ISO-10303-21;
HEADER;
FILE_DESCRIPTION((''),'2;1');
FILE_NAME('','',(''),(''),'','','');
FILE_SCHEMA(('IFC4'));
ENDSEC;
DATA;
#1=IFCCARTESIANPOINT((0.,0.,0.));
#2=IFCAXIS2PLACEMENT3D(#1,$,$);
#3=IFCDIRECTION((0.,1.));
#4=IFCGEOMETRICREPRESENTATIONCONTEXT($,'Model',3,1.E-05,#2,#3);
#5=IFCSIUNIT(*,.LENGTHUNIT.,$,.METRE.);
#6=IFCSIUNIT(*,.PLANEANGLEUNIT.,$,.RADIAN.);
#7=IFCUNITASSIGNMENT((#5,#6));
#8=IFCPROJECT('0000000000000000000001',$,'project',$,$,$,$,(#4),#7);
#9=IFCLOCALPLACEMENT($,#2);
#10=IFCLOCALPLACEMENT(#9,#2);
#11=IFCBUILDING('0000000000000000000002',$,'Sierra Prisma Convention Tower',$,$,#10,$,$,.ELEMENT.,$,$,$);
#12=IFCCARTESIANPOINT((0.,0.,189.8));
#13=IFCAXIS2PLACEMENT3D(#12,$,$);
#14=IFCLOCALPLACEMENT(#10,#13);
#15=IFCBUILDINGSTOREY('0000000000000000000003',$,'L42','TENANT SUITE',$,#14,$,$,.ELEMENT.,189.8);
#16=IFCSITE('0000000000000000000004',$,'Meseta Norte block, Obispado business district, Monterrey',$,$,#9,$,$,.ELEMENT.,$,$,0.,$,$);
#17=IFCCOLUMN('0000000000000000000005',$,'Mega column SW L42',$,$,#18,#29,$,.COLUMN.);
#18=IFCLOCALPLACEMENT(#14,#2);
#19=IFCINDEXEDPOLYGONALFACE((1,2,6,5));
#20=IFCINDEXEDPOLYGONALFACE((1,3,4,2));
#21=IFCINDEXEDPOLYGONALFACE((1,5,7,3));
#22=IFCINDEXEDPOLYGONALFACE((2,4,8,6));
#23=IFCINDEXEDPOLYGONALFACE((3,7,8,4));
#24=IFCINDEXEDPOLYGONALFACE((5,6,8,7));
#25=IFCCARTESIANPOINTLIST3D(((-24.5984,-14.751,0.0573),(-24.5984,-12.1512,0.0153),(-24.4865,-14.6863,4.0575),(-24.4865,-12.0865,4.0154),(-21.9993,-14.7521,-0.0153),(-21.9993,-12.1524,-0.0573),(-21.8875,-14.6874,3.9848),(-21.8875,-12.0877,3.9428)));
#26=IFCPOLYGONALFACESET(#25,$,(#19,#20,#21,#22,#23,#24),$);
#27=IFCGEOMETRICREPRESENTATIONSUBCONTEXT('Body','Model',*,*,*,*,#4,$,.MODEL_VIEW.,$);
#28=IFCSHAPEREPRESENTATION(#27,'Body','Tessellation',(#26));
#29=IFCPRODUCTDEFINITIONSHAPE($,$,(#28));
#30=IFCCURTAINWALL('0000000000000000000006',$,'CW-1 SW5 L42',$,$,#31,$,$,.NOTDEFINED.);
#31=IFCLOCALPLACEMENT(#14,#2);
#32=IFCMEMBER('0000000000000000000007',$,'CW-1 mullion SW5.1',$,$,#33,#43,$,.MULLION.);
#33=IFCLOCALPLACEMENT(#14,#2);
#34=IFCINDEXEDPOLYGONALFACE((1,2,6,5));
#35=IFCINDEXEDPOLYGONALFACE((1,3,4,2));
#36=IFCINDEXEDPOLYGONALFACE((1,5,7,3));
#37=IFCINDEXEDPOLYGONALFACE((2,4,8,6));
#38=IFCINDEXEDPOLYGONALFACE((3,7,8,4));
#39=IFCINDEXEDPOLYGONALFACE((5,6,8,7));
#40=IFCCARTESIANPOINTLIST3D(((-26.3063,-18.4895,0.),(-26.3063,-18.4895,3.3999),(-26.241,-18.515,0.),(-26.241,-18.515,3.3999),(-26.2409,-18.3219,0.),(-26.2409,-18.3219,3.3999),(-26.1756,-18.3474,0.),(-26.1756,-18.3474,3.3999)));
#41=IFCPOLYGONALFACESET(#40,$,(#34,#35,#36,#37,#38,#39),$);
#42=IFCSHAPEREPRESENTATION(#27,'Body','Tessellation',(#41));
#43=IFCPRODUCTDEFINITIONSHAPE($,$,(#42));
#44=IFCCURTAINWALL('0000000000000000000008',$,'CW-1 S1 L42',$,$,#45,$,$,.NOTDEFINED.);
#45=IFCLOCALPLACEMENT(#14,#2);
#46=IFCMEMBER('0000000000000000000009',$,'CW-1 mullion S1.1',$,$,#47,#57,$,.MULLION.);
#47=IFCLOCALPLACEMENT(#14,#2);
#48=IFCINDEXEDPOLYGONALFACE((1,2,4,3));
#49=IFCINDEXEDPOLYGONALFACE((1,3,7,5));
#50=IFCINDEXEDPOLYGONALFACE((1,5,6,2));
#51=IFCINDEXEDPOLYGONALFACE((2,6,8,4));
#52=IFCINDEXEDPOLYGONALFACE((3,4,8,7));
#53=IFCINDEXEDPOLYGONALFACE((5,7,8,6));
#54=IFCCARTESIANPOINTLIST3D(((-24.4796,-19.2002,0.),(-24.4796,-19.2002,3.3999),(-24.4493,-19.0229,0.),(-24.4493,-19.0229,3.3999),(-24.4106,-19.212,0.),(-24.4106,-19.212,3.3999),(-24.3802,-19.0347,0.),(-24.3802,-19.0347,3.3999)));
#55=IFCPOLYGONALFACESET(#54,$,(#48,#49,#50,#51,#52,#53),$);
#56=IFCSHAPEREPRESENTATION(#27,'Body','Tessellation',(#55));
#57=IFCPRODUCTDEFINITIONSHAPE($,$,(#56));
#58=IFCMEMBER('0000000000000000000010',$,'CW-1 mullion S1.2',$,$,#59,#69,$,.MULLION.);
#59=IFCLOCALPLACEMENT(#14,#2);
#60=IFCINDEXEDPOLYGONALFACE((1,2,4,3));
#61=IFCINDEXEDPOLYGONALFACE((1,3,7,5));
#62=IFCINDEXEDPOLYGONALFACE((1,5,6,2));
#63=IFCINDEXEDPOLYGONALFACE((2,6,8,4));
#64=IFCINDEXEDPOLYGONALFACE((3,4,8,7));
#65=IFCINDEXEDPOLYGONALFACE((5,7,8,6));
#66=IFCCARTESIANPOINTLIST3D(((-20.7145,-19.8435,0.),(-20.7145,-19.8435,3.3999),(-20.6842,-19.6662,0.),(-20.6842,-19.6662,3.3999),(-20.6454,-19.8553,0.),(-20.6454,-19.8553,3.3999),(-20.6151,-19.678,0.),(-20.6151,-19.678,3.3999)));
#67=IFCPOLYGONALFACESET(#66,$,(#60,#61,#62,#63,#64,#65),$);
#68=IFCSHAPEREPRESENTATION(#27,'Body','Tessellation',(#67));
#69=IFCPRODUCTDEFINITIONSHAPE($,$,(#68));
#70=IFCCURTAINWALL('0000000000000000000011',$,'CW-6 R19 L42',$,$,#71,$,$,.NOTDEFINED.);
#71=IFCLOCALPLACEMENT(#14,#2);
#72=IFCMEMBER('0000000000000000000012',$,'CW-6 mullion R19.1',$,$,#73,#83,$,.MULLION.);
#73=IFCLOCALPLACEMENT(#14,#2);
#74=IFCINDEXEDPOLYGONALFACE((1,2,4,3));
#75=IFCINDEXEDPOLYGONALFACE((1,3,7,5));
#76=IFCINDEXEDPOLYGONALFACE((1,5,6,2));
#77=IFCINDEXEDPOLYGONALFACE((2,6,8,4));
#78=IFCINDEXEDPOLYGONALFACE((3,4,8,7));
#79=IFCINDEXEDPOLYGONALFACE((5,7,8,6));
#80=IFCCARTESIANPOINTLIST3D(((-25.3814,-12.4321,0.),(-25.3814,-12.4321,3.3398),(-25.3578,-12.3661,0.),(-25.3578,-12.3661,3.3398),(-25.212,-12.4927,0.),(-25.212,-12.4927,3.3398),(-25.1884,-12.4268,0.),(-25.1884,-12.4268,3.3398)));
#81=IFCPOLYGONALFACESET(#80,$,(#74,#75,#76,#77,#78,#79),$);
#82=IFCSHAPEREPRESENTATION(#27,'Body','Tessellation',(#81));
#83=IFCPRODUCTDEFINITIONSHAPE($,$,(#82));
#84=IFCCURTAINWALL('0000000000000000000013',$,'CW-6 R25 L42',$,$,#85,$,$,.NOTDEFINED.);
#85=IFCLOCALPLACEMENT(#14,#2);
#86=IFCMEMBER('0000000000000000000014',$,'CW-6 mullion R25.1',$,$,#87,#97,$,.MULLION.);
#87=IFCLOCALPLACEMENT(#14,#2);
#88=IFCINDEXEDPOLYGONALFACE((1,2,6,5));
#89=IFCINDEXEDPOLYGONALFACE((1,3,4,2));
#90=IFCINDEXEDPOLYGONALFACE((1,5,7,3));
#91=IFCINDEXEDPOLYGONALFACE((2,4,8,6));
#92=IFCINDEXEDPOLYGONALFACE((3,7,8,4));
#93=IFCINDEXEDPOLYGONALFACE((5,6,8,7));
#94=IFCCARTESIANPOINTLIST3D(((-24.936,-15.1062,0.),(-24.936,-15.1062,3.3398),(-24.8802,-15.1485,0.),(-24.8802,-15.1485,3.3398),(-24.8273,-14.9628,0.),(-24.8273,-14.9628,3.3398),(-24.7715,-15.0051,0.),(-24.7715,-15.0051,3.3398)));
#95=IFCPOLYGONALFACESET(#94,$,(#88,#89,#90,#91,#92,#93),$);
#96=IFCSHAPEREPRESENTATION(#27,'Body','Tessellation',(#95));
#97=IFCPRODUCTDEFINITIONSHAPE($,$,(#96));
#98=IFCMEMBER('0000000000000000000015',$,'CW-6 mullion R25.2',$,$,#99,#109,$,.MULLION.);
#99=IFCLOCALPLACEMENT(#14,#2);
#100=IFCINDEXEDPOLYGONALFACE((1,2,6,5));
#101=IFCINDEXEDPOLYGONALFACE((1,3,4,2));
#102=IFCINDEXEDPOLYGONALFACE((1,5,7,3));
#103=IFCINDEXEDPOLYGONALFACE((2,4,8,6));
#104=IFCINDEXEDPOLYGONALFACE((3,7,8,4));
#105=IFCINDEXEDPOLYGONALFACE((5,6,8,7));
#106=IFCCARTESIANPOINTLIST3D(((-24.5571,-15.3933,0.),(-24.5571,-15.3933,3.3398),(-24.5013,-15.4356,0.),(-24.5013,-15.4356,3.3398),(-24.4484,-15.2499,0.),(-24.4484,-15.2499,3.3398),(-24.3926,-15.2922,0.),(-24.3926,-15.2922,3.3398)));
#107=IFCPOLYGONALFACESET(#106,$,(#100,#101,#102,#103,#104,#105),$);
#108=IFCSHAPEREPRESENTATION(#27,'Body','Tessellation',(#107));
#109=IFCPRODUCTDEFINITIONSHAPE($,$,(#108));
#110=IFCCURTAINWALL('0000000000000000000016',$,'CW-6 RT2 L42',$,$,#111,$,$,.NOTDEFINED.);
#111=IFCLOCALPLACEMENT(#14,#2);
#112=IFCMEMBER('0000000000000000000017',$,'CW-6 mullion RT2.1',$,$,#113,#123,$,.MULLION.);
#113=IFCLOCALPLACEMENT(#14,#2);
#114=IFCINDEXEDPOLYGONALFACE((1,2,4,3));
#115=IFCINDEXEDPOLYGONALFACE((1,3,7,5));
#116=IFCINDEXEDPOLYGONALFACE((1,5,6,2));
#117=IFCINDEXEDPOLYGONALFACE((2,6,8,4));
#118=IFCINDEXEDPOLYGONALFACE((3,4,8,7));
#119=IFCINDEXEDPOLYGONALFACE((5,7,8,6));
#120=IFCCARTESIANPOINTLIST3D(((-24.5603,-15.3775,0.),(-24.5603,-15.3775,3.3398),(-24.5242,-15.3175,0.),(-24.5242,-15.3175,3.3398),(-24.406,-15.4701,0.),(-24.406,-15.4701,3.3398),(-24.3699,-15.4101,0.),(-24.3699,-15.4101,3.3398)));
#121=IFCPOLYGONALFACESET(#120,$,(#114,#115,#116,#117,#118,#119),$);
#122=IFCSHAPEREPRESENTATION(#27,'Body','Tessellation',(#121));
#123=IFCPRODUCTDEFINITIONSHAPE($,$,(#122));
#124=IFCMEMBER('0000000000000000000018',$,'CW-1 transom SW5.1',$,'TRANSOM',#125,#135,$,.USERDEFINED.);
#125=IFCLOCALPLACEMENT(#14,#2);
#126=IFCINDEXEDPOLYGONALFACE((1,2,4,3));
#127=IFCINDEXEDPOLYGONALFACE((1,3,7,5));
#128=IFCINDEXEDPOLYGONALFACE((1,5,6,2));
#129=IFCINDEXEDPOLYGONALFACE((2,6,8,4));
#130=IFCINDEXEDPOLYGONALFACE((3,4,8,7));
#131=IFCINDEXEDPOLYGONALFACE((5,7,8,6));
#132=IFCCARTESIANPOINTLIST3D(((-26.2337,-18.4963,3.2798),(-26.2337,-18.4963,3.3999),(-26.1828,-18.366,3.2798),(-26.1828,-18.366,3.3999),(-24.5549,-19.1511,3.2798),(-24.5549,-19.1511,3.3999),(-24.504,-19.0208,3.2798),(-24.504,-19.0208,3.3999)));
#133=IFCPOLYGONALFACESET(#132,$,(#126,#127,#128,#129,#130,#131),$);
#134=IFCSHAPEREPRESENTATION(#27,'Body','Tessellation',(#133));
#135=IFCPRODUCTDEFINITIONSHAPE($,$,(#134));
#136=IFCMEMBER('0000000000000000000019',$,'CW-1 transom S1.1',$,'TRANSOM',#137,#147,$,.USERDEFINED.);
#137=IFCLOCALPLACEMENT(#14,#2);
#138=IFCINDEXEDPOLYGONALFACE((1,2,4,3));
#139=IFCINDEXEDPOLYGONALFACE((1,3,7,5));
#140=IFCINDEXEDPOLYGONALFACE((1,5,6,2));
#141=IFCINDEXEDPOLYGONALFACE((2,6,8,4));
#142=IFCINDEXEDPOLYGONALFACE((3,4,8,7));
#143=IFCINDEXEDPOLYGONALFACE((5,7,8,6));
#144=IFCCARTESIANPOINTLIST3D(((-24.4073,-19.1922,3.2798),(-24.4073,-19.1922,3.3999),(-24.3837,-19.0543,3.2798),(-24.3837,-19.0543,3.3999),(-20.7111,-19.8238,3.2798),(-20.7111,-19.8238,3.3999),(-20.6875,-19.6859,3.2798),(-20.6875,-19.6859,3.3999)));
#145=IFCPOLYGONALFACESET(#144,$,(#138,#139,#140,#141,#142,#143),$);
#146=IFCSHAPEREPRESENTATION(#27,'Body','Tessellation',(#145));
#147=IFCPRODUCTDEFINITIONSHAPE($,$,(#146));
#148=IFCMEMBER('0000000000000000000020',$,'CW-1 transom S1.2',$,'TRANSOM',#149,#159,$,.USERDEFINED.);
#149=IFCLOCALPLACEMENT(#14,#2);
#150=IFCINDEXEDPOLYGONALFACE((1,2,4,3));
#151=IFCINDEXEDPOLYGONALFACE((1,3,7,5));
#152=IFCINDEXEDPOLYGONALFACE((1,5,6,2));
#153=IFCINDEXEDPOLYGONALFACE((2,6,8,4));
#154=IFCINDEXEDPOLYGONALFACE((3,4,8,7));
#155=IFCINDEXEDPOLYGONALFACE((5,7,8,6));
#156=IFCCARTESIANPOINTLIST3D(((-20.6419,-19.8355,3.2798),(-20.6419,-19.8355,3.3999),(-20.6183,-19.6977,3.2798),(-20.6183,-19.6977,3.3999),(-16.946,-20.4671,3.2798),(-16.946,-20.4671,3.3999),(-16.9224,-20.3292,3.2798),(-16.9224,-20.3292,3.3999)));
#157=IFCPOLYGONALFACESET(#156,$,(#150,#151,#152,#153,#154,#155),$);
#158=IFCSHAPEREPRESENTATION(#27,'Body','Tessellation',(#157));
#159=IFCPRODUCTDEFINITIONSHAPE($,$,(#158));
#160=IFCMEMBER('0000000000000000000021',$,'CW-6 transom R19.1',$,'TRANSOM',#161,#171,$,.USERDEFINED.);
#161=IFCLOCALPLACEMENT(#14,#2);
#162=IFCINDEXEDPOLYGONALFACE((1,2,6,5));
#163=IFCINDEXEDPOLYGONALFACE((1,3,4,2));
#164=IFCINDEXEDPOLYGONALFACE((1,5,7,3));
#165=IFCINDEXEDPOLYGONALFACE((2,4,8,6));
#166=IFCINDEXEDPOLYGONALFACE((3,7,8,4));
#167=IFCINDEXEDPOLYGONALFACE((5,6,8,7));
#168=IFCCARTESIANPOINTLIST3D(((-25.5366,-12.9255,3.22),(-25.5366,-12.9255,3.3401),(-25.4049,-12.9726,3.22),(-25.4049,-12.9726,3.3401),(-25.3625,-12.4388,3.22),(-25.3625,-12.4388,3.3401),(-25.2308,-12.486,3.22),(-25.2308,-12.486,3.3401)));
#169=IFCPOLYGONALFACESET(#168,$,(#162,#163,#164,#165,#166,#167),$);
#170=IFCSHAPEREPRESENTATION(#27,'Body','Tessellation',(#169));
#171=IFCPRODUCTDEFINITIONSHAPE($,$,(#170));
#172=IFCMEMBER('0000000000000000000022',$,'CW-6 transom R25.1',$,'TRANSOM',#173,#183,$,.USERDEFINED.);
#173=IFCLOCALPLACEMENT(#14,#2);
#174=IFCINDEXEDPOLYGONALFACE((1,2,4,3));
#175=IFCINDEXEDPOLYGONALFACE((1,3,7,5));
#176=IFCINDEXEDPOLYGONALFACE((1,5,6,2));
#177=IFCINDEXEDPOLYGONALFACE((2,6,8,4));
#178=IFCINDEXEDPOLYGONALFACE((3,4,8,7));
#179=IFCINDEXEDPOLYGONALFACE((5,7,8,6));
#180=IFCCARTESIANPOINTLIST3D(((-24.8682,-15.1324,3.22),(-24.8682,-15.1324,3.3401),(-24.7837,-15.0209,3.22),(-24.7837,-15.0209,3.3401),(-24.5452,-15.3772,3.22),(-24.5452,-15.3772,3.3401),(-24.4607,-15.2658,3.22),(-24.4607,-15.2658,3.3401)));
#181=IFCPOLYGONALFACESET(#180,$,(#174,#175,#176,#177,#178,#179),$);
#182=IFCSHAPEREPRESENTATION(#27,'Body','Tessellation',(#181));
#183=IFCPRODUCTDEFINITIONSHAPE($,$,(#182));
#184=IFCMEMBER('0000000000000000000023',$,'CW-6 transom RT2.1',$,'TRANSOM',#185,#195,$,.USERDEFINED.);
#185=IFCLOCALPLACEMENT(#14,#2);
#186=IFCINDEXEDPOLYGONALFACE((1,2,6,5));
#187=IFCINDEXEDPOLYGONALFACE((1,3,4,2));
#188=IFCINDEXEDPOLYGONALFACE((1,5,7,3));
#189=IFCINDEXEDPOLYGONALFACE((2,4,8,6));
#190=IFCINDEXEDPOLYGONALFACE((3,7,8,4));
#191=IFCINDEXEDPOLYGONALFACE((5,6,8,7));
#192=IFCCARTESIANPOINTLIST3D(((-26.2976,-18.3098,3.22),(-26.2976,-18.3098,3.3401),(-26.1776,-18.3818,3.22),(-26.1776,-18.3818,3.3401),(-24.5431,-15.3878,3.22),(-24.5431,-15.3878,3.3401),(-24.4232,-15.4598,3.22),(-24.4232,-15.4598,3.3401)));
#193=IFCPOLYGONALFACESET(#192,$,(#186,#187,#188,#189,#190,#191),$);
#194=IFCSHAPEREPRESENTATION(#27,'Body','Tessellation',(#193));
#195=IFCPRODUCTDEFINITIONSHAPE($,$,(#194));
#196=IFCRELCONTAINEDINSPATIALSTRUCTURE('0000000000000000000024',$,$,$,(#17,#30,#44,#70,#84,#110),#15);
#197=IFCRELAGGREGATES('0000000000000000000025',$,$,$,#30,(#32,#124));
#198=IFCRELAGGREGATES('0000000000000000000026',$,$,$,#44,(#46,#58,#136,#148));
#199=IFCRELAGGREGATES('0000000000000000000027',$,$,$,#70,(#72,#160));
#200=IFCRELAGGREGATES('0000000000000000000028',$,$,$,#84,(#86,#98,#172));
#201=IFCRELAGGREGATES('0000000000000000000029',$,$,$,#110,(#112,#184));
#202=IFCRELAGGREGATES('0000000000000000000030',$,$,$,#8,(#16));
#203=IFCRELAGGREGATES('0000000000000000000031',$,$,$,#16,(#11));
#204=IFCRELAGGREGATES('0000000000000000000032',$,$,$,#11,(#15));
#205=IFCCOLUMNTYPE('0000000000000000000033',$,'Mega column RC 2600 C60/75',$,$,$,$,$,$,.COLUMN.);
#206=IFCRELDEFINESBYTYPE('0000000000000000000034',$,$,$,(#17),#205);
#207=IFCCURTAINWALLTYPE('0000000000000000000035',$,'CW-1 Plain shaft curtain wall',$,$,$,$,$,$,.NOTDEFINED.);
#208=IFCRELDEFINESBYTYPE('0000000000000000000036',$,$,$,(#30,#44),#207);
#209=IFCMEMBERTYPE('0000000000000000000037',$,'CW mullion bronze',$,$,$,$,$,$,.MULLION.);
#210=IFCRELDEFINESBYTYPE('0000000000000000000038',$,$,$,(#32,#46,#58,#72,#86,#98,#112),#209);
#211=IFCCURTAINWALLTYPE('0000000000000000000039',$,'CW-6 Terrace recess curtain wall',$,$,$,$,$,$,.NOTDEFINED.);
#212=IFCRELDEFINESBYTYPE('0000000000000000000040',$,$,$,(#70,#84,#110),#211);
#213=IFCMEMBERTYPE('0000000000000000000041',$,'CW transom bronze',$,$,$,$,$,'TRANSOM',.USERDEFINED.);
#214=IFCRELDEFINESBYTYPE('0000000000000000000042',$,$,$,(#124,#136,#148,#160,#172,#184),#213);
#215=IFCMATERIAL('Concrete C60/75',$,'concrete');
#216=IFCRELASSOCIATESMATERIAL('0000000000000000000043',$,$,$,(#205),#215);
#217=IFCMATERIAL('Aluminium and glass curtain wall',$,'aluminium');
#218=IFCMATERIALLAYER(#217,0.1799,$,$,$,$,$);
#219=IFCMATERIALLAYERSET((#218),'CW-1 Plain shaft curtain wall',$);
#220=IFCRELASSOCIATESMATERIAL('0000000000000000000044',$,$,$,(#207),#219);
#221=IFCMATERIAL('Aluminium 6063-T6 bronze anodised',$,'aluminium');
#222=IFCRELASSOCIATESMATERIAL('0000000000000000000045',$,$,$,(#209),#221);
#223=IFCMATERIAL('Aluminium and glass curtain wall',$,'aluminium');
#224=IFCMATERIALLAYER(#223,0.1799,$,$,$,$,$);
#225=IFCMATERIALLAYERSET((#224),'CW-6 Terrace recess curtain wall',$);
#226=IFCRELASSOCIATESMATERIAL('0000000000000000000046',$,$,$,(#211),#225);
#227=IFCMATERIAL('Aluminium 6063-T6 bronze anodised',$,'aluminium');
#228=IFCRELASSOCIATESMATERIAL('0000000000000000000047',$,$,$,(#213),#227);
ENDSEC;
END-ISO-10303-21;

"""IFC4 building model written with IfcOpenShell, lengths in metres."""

from ifc_helpers import new_model, si_unit, direction, frame, origin, origin_2d, place, context, subcontext, project, spatial, rectangle, extrude, material, layer, layer_set, material_profile, profile_set, type_object, element, aggregate, save


model = new_model("IFC4")

# Units and contexts
model_context = context("Model", 3, precision=1e-05, world=origin(), true_north=direction((0.0, 1.0)))
body_context = subcontext(model_context, "Body", "Model", "MODEL_VIEW")
ifc_project = project(units=[si_unit("LENGTHUNIT", "METRE"), si_unit("PLANEANGLEUNIT", "RADIAN")], contexts=[model_context])

# Site, building, storey
site_placement = place(None, origin())
site = spatial("IfcSite", under=ifc_project, at=site_placement, Name="Meseta Norte block, Obispado business district, Monterrey", CompositionType="ELEMENT", RefElevation=0.0)
building_placement = place(site_placement, origin())
building = spatial("IfcBuilding", under=site, at=building_placement, Name="Sierra Prisma Convention Tower", CompositionType="ELEMENT")
storey_placement = place(building_placement, frame((0.0, 0.0, 189.8)))
storey = spatial("IfcBuildingStorey", under=building, at=storey_placement, Name="L42", Description="TENANT SUITE", CompositionType="ELEMENT", Elevation=189.8)

# Column
ifc_material_1 = material(Name="Concrete C60/75", Category="concrete")
ifc_material_profile_1 = material_profile(ifc_material_1, rectangle(XDim=2.6001, YDim=2.6001, at=origin_2d()), Name="Mega column RC 2600 C60/75")
ifc_profile_set_1 = profile_set([ifc_material_profile_1], Name="Concrete C60/75")
column_type = type_object("IfcColumnType", Name="Mega column RC 2600 C60/75", PredefinedType="COLUMN", material=ifc_profile_set_1)
column_placement = place(storey_placement, frame((-23.2988, -13.4517, 0.0), z_axis=(0.02794, 0.016166, 0.999479), x_axis=(0.99961, -0.000452, -0.027936)))
element("IfcColumn", 1, at=column_placement, inside=storey, type_object=column_type, Name="Mega column SW L42", PredefinedType="COLUMN", context=body_context, shape_type="SweptSolid", body=[
    extrude(rectangle(XDim=2.6001, YDim=2.6001, at=origin_2d()), origin(), (0.0, 0.0, 1.0), 4.0022),
])

# Curtain wall, member
ifc_material_2 = material(Name="Aluminium and glass curtain wall", Category="aluminium")
ifc_layer_1 = layer(ifc_material_2, 0.1799)
ifc_layer_set_1 = layer_set([ifc_layer_1], Name="CW-1 Plain shaft curtain wall")
curtain_wall_type_1 = type_object("IfcCurtainWallType", Name="CW-1 Plain shaft curtain wall", PredefinedType="NOTDEFINED", material=ifc_layer_set_1)
curtain_wall_1_placement = place(storey_placement, origin())
curtain_wall_1 = element("IfcCurtainWall", 2, at=curtain_wall_1_placement, inside=storey, type_object=curtain_wall_type_1, Name="CW-1 SW5 L42", PredefinedType="NOTDEFINED")
ifc_material_3 = material(Name="Aluminium 6063-T6 bronze anodised", Category="aluminium")
ifc_material_profile_2 = material_profile(ifc_material_3, rectangle(XDim=0.1799, YDim=0.0701, at=origin_2d()), Name="ALU MULLION 70x180")
ifc_profile_set_2 = profile_set([ifc_material_profile_2], Name="Aluminium 6063-T6 bronze anodised")
member_type_1 = type_object("IfcMemberType", Name="CW mullion bronze", PredefinedType="MULLION", material=ifc_profile_set_2)
member_1_placement = place(storey_placement, frame((-26.241, -18.4185, 0.0), z_axis=(0.0, 0.0, 1.0), x_axis=(0.3634, 0.931633, 0.0)))
member_1 = element("IfcMember", 3, at=member_1_placement, type_object=member_type_1, Name="CW-1 mullion SW5.1", PredefinedType="MULLION", context=body_context, shape_type="SweptSolid", body=[
    extrude(rectangle(XDim=0.1799, YDim=0.0701, at=origin_2d()), origin(), (0.0, 0.0, 1.0), 3.3999),
])

# Curtain wall, members
curtain_wall_2_placement = place(storey_placement, origin())
curtain_wall_2 = element("IfcCurtainWall", 4, at=curtain_wall_2_placement, inside=storey, type_object=curtain_wall_type_1, Name="CW-1 S1 L42", PredefinedType="NOTDEFINED")
member_2_placement = place(storey_placement, frame((-24.4299, -19.1174, 0.0), z_axis=(0.0, 0.0, 1.0), x_axis=(0.168438, 0.985712, 0.0)))
member_2 = element("IfcMember", 5, at=member_2_placement, type_object=member_type_1, Name="CW-1 mullion S1.1", PredefinedType="MULLION", context=body_context, shape_type="SweptSolid", body=[
    extrude(rectangle(XDim=0.1799, YDim=0.0701, at=origin_2d()), origin(), (0.0, 0.0, 1.0), 3.3999),
])
member_3_placement = place(storey_placement, frame((-20.6648, -19.7607, 0.0), z_axis=(0.0, 0.0, 1.0), x_axis=(0.168438, 0.985712, 0.0)))
member_3 = element("IfcMember", 6, at=member_3_placement, type_object=member_type_1, Name="CW-1 mullion S1.2", PredefinedType="MULLION", context=body_context, shape_type="SweptSolid", body=[
    extrude(rectangle(XDim=0.1799, YDim=0.0701, at=origin_2d()), origin(), (0.0, 0.0, 1.0), 3.3999),
])

# Curtain wall, member
ifc_material_4 = material(Name="Aluminium and glass curtain wall", Category="aluminium")
ifc_layer_2 = layer(ifc_material_4, 0.1799)
ifc_layer_set_2 = layer_set([ifc_layer_2], Name="CW-6 Terrace recess curtain wall")
curtain_wall_type_2 = type_object("IfcCurtainWallType", Name="CW-6 Terrace recess curtain wall", PredefinedType="NOTDEFINED", material=ifc_layer_set_2)
curtain_wall_3_placement = place(storey_placement, origin())
curtain_wall_3 = element("IfcCurtainWall", 7, at=curtain_wall_3_placement, inside=storey, type_object=curtain_wall_type_2, Name="CW-6 R19 L42", PredefinedType="NOTDEFINED")
member_4_placement = place(storey_placement, frame((-25.2849, -12.4294, 0.0), z_axis=(0.0, 0.0, 1.0), x_axis=(0.941544, -0.33689, 0.0)))
member_4 = element("IfcMember", 8, at=member_4_placement, type_object=member_type_1, Name="CW-6 mullion R19.1", PredefinedType="MULLION", context=body_context, shape_type="SweptSolid", body=[
    extrude(rectangle(XDim=0.1799, YDim=0.0701, at=origin_2d()), origin(), (0.0, 0.0, 1.0), 3.3398),
])

# Curtain wall, members
curtain_wall_4_placement = place(storey_placement, origin())
curtain_wall_4 = element("IfcCurtainWall", 9, at=curtain_wall_4_placement, inside=storey, type_object=curtain_wall_type_2, Name="CW-6 R25 L42", PredefinedType="NOTDEFINED")
member_5_placement = place(storey_placement, frame((-24.8538, -15.0557, 0.0), z_axis=(0.0, 0.0, 1.0), x_axis=(0.603988, 0.796994, 0.0)))
member_5 = element("IfcMember", 10, at=member_5_placement, type_object=member_type_1, Name="CW-6 mullion R25.1", PredefinedType="MULLION", context=body_context, shape_type="SweptSolid", body=[
    extrude(rectangle(XDim=0.1799, YDim=0.0701, at=origin_2d()), origin(), (0.0, 0.0, 1.0), 3.3398),
])
member_6_placement = place(storey_placement, frame((-24.4749, -15.3428, 0.0), z_axis=(0.0, 0.0, 1.0), x_axis=(0.603988, 0.796994, 0.0)))
member_6 = element("IfcMember", 11, at=member_6_placement, type_object=member_type_1, Name="CW-6 mullion R25.2", PredefinedType="MULLION", context=body_context, shape_type="SweptSolid", body=[
    extrude(rectangle(XDim=0.1799, YDim=0.0701, at=origin_2d()), origin(), (0.0, 0.0, 1.0), 3.3398),
])

# Curtain wall, member
curtain_wall_5_placement = place(storey_placement, origin())
curtain_wall_5 = element("IfcCurtainWall", 12, at=curtain_wall_5_placement, inside=storey, type_object=curtain_wall_type_2, Name="CW-6 RT2 L42", PredefinedType="NOTDEFINED")
member_7_placement = place(storey_placement, frame((-24.4651, -15.3938, 0.0), z_axis=(0.0, 0.0, 1.0), x_axis=(0.85733, -0.514767, 0.0)))
member_7 = element("IfcMember", 13, at=member_7_placement, type_object=member_type_1, Name="CW-6 mullion RT2.1", PredefinedType="MULLION", context=body_context, shape_type="SweptSolid", body=[
    extrude(rectangle(XDim=0.1799, YDim=0.0701, at=origin_2d()), origin(), (0.0, 0.0, 1.0), 3.3398),
])

# Members
ifc_material_5 = material(Name="Aluminium 6063-T6 bronze anodised", Category="aluminium")
ifc_material_profile_3 = material_profile(ifc_material_5, rectangle(XDim=0.1399, YDim=0.1201, at=origin_2d()), Name="ALU TRANSOM 120x140")
ifc_profile_set_3 = profile_set([ifc_material_profile_3], Name="Aluminium 6063-T6 bronze anodised")
member_type_2 = type_object("IfcMemberType", Name="CW transom bronze", ElementType="TRANSOM", PredefinedType="USERDEFINED", material=ifc_profile_set_3)
member_8_placement = place(storey_placement, frame((-26.2083, -18.4312, 3.3398), z_axis=(0.931638, -0.363388, 0.0), x_axis=(0.363388, 0.931638, 0.0)))
member_8 = element("IfcMember", 14, at=member_8_placement, type_object=member_type_2, Name="CW-1 transom SW5.1", ObjectType="TRANSOM", PredefinedType="USERDEFINED", context=body_context, shape_type="SweptSolid", body=[
    extrude(rectangle(XDim=0.1399, YDim=0.1201, at=origin_2d()), origin(), (0.0, 0.0, 1.0), 1.802),
])
member_9_placement = place(storey_placement, frame((-24.3955, -19.1233, 3.3398), z_axis=(0.985713, -0.168431, 0.0), x_axis=(0.168431, 0.985713, 0.0)))
member_9 = element("IfcMember", 15, at=member_9_placement, type_object=member_type_2, Name="CW-1 transom S1.1", ObjectType="TRANSOM", PredefinedType="USERDEFINED", context=body_context, shape_type="SweptSolid", body=[
    extrude(rectangle(XDim=0.1399, YDim=0.1201, at=origin_2d()), origin(), (0.0, 0.0, 1.0), 3.7498),
])
member_10_placement = place(storey_placement, frame((-20.6301, -19.7666, 3.3398), z_axis=(0.985712, -0.168442, 0.0), x_axis=(0.168442, 0.985712, 0.0)))
member_10 = element("IfcMember", 16, at=member_10_placement, type_object=member_type_2, Name="CW-1 transom S1.2", ObjectType="TRANSOM", PredefinedType="USERDEFINED", context=body_context, shape_type="SweptSolid", body=[
    extrude(rectangle(XDim=0.1399, YDim=0.1201, at=origin_2d()), origin(), (0.0, 0.0, 1.0), 3.7495),
])
member_11_placement = place(storey_placement, frame((-25.2966, -12.4624, 3.28), z_axis=(-0.336845, -0.94156, 0.0), x_axis=(0.94156, -0.336845, 0.0)))
member_11 = element("IfcMember", 17, at=member_11_placement, type_object=member_type_2, Name="CW-6 transom R19.1", ObjectType="TRANSOM", PredefinedType="USERDEFINED", context=body_context, shape_type="SweptSolid", body=[
    extrude(rectangle(XDim=0.1399, YDim=0.1201, at=origin_2d()), origin(), (0.0, 0.0, 1.0), 0.5168),
])
member_12_placement = place(storey_placement, frame((-24.8259, -15.0767, 3.28), z_axis=(0.796881, -0.604136, 0.0), x_axis=(0.604136, 0.796881, 0.0)))
member_12 = element("IfcMember", 18, at=member_12_placement, type_object=member_type_2, Name="CW-6 transom R25.1", ObjectType="TRANSOM", PredefinedType="USERDEFINED", context=body_context, shape_type="SweptSolid", body=[
    extrude(rectangle(XDim=0.1399, YDim=0.1201, at=origin_2d()), origin(), (0.0, 0.0, 1.0), 0.4053),
])
member_13_placement = place(storey_placement, frame((-24.4832, -15.4238, 3.28), z_axis=(-0.51477, -0.857329, 0.0), x_axis=(0.857329, -0.51477, 0.0)))
member_13 = element("IfcMember", 19, at=member_13_placement, type_object=member_type_2, Name="CW-6 transom RT2.1", ObjectType="TRANSOM", PredefinedType="USERDEFINED", context=body_context, shape_type="SweptSolid", body=[
    extrude(rectangle(XDim=0.1399, YDim=0.1201, at=origin_2d()), origin(), (0.0, 0.0, 1.0), 3.4082),
])

aggregate(curtain_wall_1, [member_1, member_8])
aggregate(curtain_wall_2, [member_2, member_3, member_9, member_10])
aggregate(curtain_wall_3, [member_4, member_11])
aggregate(curtain_wall_4, [member_5, member_6, member_12])
aggregate(curtain_wall_5, [member_7, member_13])

save(model, "model.ifc")
